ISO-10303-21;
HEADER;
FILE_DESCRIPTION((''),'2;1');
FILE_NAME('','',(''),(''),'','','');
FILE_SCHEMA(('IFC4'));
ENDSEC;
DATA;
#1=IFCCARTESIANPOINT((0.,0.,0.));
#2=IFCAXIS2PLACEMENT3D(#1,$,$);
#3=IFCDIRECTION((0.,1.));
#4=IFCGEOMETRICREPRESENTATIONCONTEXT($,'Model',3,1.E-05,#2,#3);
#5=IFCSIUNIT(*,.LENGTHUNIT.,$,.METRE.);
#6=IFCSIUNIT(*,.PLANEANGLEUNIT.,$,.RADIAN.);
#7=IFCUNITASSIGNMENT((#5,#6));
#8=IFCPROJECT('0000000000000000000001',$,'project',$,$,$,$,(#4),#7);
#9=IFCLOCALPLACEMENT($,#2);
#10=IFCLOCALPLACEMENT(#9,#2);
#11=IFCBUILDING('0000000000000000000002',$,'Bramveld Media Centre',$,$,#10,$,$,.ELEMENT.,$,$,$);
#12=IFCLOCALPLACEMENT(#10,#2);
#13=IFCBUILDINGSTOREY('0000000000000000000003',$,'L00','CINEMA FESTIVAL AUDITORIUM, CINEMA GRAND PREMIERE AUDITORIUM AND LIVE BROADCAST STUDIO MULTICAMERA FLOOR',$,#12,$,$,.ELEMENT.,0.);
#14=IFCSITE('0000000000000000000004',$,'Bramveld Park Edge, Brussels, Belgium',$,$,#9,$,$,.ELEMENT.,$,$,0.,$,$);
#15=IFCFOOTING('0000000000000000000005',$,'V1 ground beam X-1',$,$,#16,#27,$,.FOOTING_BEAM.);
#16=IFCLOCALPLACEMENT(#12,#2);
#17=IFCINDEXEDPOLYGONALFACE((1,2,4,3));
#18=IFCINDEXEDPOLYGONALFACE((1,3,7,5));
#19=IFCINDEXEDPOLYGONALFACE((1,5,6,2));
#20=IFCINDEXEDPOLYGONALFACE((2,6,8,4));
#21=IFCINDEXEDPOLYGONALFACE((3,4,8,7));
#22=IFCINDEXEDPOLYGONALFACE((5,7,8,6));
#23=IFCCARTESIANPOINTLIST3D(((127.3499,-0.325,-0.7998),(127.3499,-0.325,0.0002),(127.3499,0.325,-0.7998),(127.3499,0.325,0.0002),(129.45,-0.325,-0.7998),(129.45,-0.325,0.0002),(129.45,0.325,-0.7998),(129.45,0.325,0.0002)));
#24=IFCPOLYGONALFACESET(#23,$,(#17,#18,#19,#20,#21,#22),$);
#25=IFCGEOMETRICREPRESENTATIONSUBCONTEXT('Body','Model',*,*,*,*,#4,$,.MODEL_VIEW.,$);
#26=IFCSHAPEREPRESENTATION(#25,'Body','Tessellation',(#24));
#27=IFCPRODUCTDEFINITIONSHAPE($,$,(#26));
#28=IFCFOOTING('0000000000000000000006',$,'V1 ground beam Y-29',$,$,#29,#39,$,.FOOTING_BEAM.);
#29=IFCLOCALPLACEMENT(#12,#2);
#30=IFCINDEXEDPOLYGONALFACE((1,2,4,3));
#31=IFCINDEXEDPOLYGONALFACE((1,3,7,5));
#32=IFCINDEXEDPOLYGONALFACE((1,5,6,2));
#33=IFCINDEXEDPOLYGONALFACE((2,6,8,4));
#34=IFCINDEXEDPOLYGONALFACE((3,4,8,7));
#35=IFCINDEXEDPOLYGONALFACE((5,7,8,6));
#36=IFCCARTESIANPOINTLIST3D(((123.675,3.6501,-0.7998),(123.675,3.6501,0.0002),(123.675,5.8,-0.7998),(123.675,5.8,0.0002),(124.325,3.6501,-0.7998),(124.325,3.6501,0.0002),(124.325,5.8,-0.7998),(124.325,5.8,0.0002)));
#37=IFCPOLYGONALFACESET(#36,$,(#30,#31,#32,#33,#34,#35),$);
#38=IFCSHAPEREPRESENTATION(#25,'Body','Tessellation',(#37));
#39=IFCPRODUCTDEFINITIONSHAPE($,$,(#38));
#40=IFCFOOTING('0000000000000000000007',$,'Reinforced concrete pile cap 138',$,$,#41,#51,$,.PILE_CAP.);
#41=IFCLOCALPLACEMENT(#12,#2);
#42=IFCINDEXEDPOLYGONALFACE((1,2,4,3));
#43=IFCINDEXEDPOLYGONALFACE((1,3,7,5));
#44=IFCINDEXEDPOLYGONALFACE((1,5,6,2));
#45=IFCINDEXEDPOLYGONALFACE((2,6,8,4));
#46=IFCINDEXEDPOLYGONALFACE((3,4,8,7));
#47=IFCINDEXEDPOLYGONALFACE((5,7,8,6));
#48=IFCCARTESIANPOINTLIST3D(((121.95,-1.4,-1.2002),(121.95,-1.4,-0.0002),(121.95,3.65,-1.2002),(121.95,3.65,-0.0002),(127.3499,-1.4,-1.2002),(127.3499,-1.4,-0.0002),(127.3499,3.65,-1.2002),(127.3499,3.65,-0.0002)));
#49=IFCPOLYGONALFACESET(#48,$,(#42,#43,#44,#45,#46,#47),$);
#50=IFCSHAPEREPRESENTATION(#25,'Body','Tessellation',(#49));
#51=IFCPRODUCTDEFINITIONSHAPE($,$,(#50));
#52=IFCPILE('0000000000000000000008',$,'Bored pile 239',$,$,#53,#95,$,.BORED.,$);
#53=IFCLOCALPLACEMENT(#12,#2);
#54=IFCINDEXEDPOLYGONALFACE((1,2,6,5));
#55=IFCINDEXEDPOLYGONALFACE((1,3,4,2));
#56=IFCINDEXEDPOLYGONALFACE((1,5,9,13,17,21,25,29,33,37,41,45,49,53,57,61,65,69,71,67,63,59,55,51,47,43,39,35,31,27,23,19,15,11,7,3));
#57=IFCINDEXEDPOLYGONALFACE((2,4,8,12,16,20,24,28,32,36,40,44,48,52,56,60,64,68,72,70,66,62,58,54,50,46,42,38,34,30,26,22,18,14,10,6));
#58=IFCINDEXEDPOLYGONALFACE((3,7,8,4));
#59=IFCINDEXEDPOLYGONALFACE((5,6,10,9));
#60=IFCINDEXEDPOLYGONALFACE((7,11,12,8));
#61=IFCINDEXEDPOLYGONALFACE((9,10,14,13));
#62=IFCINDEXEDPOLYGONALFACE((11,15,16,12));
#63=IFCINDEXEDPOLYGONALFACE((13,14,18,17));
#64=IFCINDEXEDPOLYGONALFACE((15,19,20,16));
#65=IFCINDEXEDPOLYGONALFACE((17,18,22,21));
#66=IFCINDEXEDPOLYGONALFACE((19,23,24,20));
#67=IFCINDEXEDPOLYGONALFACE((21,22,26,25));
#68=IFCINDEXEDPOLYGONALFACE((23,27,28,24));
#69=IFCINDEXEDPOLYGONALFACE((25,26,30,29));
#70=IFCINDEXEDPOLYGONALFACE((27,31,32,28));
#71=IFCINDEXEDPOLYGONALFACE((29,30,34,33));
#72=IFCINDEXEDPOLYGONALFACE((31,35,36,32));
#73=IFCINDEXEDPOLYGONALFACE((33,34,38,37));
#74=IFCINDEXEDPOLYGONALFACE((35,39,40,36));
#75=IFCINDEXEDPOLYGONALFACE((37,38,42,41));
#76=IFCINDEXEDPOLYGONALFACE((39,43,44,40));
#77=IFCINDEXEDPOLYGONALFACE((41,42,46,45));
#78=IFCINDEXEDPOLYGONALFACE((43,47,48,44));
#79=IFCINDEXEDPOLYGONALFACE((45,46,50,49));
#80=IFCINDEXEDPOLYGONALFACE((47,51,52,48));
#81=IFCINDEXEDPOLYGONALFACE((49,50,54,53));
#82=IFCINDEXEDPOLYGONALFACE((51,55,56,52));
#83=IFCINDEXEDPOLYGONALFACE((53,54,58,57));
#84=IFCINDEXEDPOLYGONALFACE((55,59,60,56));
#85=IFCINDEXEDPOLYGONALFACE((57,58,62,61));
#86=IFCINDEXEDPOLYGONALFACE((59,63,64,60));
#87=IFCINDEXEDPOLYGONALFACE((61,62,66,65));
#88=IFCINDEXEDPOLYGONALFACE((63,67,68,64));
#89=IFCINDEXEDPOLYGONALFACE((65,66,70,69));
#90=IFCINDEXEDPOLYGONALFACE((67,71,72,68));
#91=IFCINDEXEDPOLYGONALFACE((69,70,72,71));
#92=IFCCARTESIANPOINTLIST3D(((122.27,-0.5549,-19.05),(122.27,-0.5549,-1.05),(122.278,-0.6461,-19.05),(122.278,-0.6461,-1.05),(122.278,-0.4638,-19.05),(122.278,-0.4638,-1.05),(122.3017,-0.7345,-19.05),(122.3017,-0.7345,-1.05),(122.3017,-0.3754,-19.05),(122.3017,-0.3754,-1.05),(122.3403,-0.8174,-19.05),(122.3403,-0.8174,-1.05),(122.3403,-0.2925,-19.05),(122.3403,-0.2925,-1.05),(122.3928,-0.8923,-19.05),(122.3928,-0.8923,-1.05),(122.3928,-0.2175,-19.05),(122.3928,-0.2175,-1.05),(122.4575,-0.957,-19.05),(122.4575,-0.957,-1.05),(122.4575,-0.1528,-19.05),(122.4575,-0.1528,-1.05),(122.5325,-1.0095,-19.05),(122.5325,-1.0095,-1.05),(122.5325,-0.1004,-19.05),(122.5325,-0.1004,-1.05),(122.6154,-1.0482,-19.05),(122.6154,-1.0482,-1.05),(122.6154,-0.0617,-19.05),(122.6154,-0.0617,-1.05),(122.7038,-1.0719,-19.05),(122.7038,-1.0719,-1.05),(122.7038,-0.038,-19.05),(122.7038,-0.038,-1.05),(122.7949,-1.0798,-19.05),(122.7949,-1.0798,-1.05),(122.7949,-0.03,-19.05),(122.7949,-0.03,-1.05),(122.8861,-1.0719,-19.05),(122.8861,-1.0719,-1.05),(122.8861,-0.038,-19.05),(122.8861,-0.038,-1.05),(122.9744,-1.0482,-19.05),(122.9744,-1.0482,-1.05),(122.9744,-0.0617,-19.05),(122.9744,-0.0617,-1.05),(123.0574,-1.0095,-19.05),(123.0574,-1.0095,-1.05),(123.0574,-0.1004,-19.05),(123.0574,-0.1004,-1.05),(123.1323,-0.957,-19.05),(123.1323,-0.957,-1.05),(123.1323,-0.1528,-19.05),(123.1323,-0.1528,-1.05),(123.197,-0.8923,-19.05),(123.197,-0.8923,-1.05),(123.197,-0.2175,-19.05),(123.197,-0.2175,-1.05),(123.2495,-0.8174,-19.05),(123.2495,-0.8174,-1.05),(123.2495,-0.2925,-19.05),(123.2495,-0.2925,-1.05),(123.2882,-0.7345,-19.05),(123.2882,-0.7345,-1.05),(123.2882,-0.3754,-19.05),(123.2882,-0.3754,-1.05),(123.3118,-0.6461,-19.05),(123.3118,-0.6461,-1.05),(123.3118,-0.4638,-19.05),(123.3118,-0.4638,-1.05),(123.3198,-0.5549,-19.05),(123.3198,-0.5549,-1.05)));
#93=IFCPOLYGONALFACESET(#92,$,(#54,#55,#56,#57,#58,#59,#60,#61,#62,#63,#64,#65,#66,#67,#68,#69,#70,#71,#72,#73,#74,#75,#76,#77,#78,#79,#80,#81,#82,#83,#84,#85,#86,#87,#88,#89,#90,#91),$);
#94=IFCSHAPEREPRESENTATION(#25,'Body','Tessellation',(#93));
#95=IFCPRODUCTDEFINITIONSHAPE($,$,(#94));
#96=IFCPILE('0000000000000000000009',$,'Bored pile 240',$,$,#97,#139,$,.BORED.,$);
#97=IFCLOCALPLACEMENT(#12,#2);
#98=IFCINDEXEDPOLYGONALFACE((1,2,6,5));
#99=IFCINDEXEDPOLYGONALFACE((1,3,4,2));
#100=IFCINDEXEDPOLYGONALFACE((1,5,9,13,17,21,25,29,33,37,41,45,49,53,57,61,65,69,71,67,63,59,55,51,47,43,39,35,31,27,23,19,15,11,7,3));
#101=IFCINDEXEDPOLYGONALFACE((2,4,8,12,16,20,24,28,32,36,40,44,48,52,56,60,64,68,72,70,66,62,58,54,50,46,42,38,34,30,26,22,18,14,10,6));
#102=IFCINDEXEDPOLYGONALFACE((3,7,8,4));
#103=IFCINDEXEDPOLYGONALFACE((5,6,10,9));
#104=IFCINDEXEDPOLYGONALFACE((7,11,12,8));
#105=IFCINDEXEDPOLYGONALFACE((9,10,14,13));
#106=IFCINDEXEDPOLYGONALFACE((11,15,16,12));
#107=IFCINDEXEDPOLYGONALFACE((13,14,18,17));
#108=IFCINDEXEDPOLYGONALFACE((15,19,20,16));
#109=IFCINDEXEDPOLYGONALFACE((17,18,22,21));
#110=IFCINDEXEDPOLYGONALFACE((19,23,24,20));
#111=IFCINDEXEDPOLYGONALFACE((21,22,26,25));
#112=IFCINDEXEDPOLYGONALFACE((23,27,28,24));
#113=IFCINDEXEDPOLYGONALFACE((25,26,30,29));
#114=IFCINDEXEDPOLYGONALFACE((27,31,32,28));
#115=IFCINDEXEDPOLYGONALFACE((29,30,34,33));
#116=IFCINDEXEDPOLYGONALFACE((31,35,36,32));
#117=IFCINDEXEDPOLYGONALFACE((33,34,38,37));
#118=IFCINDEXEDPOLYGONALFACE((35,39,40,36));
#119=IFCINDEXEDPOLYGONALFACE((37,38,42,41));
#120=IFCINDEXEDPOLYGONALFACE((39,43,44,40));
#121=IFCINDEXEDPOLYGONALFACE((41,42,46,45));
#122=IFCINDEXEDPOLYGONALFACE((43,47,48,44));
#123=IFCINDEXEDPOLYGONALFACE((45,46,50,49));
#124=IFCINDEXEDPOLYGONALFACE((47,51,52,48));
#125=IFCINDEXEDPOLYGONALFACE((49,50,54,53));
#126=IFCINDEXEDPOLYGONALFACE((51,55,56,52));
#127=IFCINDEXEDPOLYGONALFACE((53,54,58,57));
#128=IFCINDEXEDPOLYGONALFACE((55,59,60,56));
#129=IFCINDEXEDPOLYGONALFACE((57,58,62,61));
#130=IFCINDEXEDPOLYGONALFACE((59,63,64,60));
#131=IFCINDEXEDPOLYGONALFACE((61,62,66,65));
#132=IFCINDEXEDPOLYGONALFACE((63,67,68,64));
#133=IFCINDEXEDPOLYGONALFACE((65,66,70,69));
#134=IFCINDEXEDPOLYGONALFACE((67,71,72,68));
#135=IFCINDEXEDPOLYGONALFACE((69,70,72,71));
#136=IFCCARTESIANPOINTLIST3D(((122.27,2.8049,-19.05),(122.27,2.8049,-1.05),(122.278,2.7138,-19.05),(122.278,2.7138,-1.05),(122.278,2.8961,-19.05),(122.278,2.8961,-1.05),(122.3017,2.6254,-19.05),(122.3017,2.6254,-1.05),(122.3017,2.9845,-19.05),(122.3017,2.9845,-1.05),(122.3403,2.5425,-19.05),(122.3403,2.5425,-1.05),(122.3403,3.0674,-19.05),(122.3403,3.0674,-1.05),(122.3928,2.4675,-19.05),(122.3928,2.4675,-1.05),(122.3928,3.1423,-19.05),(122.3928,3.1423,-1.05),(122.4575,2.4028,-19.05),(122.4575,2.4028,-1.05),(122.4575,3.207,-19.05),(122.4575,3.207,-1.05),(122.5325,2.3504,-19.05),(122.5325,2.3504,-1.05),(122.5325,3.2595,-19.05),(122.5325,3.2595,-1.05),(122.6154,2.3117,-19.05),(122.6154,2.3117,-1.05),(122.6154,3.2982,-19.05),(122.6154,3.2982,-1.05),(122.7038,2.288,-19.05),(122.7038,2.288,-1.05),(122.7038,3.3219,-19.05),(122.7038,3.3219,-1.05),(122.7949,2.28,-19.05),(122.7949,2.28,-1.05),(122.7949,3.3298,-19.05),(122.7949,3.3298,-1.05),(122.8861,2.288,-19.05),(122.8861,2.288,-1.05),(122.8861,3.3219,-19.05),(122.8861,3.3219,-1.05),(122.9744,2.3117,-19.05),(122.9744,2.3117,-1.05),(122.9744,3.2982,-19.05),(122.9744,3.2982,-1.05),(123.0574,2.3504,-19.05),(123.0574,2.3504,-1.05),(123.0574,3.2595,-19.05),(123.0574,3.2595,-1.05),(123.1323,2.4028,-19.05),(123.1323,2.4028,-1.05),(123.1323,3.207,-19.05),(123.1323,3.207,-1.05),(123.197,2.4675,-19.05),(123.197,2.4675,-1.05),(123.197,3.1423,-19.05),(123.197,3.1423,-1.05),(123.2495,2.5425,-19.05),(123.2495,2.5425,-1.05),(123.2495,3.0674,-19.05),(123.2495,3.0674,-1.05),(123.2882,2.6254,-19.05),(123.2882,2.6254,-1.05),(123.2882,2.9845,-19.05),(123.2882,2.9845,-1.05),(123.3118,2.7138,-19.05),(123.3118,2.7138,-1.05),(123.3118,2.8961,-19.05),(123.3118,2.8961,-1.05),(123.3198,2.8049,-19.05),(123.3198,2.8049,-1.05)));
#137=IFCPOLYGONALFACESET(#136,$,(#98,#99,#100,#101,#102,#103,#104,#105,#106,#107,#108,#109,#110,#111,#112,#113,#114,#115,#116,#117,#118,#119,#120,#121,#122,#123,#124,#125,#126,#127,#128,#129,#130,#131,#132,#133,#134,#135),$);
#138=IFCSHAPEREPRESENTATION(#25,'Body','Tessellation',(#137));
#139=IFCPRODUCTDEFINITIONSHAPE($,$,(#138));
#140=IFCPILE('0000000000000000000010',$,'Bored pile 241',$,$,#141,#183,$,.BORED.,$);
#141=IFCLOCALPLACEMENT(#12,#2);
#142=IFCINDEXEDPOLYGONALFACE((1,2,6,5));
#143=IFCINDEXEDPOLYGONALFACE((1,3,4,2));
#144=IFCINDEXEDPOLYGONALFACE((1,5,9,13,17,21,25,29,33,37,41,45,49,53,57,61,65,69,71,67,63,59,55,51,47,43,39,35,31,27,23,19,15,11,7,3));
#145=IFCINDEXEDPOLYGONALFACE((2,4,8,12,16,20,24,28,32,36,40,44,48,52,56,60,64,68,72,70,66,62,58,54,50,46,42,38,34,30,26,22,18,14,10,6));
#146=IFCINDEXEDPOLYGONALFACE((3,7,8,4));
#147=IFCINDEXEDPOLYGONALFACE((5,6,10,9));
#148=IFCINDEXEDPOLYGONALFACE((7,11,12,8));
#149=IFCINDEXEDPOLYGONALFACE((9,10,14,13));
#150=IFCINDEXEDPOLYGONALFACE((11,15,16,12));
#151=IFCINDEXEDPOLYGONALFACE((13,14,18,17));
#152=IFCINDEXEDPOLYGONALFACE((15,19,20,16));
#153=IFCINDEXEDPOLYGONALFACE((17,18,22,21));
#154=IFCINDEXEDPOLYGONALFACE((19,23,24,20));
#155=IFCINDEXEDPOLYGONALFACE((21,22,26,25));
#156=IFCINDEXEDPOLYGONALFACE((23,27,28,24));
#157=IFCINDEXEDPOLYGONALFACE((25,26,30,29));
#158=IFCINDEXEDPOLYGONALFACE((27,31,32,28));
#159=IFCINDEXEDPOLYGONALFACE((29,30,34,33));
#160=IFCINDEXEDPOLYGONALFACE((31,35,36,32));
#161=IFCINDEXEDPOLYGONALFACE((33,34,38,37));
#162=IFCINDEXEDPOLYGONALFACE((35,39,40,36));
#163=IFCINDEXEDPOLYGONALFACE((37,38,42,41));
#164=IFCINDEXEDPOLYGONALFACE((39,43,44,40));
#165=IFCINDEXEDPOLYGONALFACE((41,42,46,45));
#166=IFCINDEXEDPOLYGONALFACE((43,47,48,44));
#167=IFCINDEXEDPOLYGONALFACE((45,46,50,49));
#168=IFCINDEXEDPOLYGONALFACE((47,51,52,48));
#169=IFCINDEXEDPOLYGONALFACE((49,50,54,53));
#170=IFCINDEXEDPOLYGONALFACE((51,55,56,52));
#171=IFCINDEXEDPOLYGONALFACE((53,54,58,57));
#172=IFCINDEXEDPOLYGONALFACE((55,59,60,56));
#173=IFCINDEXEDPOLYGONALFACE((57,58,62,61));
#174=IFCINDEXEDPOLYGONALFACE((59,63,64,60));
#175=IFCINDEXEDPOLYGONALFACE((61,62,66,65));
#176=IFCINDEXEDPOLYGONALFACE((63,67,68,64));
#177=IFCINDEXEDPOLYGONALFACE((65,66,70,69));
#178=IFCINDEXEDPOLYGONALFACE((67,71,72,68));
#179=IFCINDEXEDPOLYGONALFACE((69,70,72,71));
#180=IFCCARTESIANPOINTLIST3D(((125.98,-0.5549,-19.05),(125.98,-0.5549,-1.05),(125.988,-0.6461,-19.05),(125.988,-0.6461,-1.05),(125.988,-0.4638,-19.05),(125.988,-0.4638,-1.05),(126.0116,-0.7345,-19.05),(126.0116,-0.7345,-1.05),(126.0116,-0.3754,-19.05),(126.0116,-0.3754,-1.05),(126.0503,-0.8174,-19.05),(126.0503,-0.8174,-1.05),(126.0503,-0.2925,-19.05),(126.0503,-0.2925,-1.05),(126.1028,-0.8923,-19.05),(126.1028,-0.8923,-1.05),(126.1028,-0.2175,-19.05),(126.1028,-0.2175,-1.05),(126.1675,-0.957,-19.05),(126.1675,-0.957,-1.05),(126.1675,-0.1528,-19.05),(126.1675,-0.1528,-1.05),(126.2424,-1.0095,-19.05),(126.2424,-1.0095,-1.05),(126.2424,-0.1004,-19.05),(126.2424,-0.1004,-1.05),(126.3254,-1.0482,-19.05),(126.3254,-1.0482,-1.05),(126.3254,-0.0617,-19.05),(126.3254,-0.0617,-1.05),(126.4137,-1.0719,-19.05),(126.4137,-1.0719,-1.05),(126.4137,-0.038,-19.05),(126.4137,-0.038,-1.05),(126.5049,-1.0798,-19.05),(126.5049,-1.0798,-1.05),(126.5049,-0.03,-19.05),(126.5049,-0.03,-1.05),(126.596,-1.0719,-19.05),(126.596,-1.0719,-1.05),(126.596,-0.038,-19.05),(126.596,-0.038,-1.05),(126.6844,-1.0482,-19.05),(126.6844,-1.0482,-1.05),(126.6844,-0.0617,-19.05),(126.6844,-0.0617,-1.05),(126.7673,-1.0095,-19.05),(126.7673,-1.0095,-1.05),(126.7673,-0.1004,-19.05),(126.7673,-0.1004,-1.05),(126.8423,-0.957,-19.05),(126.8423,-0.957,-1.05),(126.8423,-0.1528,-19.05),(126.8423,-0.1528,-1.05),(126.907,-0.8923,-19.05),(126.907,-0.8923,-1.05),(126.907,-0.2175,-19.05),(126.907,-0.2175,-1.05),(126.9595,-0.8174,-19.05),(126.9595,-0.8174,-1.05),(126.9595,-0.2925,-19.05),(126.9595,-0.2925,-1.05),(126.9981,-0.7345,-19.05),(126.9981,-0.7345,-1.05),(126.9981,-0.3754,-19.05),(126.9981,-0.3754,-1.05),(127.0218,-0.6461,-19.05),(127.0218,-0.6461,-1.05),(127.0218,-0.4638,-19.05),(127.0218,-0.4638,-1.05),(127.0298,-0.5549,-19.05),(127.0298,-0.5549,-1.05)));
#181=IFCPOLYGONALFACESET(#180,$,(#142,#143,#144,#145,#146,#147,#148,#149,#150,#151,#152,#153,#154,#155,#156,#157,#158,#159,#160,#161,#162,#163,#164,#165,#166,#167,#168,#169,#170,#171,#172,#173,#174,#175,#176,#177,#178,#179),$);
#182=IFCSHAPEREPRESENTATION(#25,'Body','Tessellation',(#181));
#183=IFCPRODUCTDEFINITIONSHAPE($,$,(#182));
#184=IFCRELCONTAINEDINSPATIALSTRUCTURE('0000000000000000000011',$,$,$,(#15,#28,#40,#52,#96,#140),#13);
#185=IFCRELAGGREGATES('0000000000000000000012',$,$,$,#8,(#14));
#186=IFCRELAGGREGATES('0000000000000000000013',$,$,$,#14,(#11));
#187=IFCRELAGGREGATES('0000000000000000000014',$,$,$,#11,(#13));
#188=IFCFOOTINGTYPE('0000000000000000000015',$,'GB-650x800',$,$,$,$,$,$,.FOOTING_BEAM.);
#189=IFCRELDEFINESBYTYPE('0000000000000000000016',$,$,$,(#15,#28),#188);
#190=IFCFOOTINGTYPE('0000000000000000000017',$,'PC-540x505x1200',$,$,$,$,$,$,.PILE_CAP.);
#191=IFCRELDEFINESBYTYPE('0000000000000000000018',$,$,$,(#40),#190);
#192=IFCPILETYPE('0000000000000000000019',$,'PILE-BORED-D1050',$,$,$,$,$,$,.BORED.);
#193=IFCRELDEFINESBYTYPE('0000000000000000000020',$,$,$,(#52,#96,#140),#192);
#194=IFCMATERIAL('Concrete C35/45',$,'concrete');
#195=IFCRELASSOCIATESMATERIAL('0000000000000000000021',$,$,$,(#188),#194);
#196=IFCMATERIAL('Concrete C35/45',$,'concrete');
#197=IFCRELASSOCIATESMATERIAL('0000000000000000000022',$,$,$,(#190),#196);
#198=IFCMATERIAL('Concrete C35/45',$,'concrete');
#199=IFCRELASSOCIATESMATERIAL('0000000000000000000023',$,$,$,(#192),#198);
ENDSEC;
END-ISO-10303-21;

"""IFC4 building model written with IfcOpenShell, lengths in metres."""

from ifc_helpers import new_model, si_unit, direction, frame, origin, origin_2d, place, context, subcontext, project, spatial, rectangle, circle, extrude, material, material_profile, profile_set, type_object, element, save


model = new_model("IFC4")

# Units and contexts
model_context = context("Model", 3, precision=1e-05, world=origin(), true_north=direction((0.0, 1.0)))
body_context = subcontext(model_context, "Body", "Model", "MODEL_VIEW")
ifc_project = project(units=[si_unit("LENGTHUNIT", "METRE"), si_unit("PLANEANGLEUNIT", "RADIAN")], contexts=[model_context])

# Site, building, storey
site_placement = place(None, origin())
site = spatial("IfcSite", under=ifc_project, at=site_placement, Name="Bramveld Park Edge, Brussels, Belgium", CompositionType="ELEMENT", RefElevation=0.0)
building_placement = place(site_placement, origin())
building = spatial("IfcBuilding", under=site, at=building_placement, Name="Bramveld Media Centre", CompositionType="ELEMENT")
storey_placement = place(building_placement, origin())
storey = spatial("IfcBuildingStorey", under=building, at=storey_placement, Name="L00", Description="CINEMA FESTIVAL AUDITORIUM, CINEMA GRAND PREMIERE AUDITORIUM AND LIVE BROADCAST STUDIO MULTICAMERA FLOOR", CompositionType="ELEMENT", Elevation=0.0)

# Footings
ifc_material_1 = material(Name="Concrete C35/45", Category="concrete")
footing_type_1 = type_object("IfcFootingType", Name="GB-650x800", PredefinedType="FOOTING_BEAM", material=ifc_material_1)
footing_1_placement = place(storey_placement, frame((128.3999, 0.0, -0.7998), z_axis=(0.0, 0.0, 1.0), x_axis=(1.0, 0.0, 0.0)))
element("IfcFooting", 1, at=footing_1_placement, inside=storey, type_object=footing_type_1, Name="V1 ground beam X-1", PredefinedType="FOOTING_BEAM", context=body_context, shape_type="SweptSolid", body=[
    extrude(rectangle(XDim=2.1001, YDim=0.6499, at=origin_2d()), origin(), (0.0, 0.0, 1.0), 0.8),
])
footing_2_placement = place(storey_placement, frame((124.0, 4.7251, -0.7998), z_axis=(0.0, 0.0, 1.0), x_axis=(1.0, 0.0, 0.0)))
element("IfcFooting", 2, at=footing_2_placement, inside=storey, type_object=footing_type_1, Name="V1 ground beam Y-29", PredefinedType="FOOTING_BEAM", context=body_context, shape_type="SweptSolid", body=[
    extrude(rectangle(XDim=0.6499, YDim=2.1499, at=origin_2d()), origin(), (0.0, 0.0, 1.0), 0.8),
])
ifc_material_2 = material(Name="Concrete C35/45", Category="concrete")
footing_type_2 = type_object("IfcFootingType", Name="PC-540x505x1200", PredefinedType="PILE_CAP", material=ifc_material_2)
footing_3_placement = place(storey_placement, frame((124.6499, 1.125, -1.2002), z_axis=(0.0, 0.0, 1.0), x_axis=(1.0, 0.0, 0.0)))
element("IfcFooting", 3, at=footing_3_placement, inside=storey, type_object=footing_type_2, Name="Reinforced concrete pile cap 138", PredefinedType="PILE_CAP", context=body_context, shape_type="SweptSolid", body=[
    extrude(rectangle(XDim=5.3999, YDim=5.05, at=origin_2d()), origin(), (0.0, 0.0, 1.0), 1.2),
])

# Piles
ifc_material_3 = material(Name="Concrete C35/45", Category="concrete")
ifc_material_profile_1 = material_profile(ifc_material_3, circle(Radius=0.5249, at=origin_2d()), Name="BORED D1050")
ifc_profile_set_1 = profile_set([ifc_material_profile_1], Name="Concrete C35/45")
pile_type_1 = type_object("IfcPileType", Name="PILE-BORED-D1050", PredefinedType="BORED", material=ifc_profile_set_1)
for number, where, z_axis, x_axis, name in (
    (4, (122.7949, -0.5549, -1.05), (0.0, 0.0, -1.0), (1.0, 0.0, 0.0), "Bored pile 239"),
    (5, (122.7949, 2.8049, -1.05), (0.0, 0.0, -1.0), (1.0, 0.0, 0.0), "Bored pile 240"),
    (6, (126.5049, -0.5549, -1.05), (0.0, 0.0, -1.0), (1.0, 0.0, 0.0), "Bored pile 241"),
):
    element("IfcPile", number, at=place(storey_placement, frame(where, z_axis=z_axis, x_axis=x_axis)), inside=storey, type_object=pile_type_1, Name=name, PredefinedType="BORED", context=body_context, shape_type="SweptSolid", body=[
        extrude(circle(Radius=0.5249, at=origin_2d()), origin(), (0.0, 0.0, 1.0), 18.0),
    ])

save(model, "model.ifc")
